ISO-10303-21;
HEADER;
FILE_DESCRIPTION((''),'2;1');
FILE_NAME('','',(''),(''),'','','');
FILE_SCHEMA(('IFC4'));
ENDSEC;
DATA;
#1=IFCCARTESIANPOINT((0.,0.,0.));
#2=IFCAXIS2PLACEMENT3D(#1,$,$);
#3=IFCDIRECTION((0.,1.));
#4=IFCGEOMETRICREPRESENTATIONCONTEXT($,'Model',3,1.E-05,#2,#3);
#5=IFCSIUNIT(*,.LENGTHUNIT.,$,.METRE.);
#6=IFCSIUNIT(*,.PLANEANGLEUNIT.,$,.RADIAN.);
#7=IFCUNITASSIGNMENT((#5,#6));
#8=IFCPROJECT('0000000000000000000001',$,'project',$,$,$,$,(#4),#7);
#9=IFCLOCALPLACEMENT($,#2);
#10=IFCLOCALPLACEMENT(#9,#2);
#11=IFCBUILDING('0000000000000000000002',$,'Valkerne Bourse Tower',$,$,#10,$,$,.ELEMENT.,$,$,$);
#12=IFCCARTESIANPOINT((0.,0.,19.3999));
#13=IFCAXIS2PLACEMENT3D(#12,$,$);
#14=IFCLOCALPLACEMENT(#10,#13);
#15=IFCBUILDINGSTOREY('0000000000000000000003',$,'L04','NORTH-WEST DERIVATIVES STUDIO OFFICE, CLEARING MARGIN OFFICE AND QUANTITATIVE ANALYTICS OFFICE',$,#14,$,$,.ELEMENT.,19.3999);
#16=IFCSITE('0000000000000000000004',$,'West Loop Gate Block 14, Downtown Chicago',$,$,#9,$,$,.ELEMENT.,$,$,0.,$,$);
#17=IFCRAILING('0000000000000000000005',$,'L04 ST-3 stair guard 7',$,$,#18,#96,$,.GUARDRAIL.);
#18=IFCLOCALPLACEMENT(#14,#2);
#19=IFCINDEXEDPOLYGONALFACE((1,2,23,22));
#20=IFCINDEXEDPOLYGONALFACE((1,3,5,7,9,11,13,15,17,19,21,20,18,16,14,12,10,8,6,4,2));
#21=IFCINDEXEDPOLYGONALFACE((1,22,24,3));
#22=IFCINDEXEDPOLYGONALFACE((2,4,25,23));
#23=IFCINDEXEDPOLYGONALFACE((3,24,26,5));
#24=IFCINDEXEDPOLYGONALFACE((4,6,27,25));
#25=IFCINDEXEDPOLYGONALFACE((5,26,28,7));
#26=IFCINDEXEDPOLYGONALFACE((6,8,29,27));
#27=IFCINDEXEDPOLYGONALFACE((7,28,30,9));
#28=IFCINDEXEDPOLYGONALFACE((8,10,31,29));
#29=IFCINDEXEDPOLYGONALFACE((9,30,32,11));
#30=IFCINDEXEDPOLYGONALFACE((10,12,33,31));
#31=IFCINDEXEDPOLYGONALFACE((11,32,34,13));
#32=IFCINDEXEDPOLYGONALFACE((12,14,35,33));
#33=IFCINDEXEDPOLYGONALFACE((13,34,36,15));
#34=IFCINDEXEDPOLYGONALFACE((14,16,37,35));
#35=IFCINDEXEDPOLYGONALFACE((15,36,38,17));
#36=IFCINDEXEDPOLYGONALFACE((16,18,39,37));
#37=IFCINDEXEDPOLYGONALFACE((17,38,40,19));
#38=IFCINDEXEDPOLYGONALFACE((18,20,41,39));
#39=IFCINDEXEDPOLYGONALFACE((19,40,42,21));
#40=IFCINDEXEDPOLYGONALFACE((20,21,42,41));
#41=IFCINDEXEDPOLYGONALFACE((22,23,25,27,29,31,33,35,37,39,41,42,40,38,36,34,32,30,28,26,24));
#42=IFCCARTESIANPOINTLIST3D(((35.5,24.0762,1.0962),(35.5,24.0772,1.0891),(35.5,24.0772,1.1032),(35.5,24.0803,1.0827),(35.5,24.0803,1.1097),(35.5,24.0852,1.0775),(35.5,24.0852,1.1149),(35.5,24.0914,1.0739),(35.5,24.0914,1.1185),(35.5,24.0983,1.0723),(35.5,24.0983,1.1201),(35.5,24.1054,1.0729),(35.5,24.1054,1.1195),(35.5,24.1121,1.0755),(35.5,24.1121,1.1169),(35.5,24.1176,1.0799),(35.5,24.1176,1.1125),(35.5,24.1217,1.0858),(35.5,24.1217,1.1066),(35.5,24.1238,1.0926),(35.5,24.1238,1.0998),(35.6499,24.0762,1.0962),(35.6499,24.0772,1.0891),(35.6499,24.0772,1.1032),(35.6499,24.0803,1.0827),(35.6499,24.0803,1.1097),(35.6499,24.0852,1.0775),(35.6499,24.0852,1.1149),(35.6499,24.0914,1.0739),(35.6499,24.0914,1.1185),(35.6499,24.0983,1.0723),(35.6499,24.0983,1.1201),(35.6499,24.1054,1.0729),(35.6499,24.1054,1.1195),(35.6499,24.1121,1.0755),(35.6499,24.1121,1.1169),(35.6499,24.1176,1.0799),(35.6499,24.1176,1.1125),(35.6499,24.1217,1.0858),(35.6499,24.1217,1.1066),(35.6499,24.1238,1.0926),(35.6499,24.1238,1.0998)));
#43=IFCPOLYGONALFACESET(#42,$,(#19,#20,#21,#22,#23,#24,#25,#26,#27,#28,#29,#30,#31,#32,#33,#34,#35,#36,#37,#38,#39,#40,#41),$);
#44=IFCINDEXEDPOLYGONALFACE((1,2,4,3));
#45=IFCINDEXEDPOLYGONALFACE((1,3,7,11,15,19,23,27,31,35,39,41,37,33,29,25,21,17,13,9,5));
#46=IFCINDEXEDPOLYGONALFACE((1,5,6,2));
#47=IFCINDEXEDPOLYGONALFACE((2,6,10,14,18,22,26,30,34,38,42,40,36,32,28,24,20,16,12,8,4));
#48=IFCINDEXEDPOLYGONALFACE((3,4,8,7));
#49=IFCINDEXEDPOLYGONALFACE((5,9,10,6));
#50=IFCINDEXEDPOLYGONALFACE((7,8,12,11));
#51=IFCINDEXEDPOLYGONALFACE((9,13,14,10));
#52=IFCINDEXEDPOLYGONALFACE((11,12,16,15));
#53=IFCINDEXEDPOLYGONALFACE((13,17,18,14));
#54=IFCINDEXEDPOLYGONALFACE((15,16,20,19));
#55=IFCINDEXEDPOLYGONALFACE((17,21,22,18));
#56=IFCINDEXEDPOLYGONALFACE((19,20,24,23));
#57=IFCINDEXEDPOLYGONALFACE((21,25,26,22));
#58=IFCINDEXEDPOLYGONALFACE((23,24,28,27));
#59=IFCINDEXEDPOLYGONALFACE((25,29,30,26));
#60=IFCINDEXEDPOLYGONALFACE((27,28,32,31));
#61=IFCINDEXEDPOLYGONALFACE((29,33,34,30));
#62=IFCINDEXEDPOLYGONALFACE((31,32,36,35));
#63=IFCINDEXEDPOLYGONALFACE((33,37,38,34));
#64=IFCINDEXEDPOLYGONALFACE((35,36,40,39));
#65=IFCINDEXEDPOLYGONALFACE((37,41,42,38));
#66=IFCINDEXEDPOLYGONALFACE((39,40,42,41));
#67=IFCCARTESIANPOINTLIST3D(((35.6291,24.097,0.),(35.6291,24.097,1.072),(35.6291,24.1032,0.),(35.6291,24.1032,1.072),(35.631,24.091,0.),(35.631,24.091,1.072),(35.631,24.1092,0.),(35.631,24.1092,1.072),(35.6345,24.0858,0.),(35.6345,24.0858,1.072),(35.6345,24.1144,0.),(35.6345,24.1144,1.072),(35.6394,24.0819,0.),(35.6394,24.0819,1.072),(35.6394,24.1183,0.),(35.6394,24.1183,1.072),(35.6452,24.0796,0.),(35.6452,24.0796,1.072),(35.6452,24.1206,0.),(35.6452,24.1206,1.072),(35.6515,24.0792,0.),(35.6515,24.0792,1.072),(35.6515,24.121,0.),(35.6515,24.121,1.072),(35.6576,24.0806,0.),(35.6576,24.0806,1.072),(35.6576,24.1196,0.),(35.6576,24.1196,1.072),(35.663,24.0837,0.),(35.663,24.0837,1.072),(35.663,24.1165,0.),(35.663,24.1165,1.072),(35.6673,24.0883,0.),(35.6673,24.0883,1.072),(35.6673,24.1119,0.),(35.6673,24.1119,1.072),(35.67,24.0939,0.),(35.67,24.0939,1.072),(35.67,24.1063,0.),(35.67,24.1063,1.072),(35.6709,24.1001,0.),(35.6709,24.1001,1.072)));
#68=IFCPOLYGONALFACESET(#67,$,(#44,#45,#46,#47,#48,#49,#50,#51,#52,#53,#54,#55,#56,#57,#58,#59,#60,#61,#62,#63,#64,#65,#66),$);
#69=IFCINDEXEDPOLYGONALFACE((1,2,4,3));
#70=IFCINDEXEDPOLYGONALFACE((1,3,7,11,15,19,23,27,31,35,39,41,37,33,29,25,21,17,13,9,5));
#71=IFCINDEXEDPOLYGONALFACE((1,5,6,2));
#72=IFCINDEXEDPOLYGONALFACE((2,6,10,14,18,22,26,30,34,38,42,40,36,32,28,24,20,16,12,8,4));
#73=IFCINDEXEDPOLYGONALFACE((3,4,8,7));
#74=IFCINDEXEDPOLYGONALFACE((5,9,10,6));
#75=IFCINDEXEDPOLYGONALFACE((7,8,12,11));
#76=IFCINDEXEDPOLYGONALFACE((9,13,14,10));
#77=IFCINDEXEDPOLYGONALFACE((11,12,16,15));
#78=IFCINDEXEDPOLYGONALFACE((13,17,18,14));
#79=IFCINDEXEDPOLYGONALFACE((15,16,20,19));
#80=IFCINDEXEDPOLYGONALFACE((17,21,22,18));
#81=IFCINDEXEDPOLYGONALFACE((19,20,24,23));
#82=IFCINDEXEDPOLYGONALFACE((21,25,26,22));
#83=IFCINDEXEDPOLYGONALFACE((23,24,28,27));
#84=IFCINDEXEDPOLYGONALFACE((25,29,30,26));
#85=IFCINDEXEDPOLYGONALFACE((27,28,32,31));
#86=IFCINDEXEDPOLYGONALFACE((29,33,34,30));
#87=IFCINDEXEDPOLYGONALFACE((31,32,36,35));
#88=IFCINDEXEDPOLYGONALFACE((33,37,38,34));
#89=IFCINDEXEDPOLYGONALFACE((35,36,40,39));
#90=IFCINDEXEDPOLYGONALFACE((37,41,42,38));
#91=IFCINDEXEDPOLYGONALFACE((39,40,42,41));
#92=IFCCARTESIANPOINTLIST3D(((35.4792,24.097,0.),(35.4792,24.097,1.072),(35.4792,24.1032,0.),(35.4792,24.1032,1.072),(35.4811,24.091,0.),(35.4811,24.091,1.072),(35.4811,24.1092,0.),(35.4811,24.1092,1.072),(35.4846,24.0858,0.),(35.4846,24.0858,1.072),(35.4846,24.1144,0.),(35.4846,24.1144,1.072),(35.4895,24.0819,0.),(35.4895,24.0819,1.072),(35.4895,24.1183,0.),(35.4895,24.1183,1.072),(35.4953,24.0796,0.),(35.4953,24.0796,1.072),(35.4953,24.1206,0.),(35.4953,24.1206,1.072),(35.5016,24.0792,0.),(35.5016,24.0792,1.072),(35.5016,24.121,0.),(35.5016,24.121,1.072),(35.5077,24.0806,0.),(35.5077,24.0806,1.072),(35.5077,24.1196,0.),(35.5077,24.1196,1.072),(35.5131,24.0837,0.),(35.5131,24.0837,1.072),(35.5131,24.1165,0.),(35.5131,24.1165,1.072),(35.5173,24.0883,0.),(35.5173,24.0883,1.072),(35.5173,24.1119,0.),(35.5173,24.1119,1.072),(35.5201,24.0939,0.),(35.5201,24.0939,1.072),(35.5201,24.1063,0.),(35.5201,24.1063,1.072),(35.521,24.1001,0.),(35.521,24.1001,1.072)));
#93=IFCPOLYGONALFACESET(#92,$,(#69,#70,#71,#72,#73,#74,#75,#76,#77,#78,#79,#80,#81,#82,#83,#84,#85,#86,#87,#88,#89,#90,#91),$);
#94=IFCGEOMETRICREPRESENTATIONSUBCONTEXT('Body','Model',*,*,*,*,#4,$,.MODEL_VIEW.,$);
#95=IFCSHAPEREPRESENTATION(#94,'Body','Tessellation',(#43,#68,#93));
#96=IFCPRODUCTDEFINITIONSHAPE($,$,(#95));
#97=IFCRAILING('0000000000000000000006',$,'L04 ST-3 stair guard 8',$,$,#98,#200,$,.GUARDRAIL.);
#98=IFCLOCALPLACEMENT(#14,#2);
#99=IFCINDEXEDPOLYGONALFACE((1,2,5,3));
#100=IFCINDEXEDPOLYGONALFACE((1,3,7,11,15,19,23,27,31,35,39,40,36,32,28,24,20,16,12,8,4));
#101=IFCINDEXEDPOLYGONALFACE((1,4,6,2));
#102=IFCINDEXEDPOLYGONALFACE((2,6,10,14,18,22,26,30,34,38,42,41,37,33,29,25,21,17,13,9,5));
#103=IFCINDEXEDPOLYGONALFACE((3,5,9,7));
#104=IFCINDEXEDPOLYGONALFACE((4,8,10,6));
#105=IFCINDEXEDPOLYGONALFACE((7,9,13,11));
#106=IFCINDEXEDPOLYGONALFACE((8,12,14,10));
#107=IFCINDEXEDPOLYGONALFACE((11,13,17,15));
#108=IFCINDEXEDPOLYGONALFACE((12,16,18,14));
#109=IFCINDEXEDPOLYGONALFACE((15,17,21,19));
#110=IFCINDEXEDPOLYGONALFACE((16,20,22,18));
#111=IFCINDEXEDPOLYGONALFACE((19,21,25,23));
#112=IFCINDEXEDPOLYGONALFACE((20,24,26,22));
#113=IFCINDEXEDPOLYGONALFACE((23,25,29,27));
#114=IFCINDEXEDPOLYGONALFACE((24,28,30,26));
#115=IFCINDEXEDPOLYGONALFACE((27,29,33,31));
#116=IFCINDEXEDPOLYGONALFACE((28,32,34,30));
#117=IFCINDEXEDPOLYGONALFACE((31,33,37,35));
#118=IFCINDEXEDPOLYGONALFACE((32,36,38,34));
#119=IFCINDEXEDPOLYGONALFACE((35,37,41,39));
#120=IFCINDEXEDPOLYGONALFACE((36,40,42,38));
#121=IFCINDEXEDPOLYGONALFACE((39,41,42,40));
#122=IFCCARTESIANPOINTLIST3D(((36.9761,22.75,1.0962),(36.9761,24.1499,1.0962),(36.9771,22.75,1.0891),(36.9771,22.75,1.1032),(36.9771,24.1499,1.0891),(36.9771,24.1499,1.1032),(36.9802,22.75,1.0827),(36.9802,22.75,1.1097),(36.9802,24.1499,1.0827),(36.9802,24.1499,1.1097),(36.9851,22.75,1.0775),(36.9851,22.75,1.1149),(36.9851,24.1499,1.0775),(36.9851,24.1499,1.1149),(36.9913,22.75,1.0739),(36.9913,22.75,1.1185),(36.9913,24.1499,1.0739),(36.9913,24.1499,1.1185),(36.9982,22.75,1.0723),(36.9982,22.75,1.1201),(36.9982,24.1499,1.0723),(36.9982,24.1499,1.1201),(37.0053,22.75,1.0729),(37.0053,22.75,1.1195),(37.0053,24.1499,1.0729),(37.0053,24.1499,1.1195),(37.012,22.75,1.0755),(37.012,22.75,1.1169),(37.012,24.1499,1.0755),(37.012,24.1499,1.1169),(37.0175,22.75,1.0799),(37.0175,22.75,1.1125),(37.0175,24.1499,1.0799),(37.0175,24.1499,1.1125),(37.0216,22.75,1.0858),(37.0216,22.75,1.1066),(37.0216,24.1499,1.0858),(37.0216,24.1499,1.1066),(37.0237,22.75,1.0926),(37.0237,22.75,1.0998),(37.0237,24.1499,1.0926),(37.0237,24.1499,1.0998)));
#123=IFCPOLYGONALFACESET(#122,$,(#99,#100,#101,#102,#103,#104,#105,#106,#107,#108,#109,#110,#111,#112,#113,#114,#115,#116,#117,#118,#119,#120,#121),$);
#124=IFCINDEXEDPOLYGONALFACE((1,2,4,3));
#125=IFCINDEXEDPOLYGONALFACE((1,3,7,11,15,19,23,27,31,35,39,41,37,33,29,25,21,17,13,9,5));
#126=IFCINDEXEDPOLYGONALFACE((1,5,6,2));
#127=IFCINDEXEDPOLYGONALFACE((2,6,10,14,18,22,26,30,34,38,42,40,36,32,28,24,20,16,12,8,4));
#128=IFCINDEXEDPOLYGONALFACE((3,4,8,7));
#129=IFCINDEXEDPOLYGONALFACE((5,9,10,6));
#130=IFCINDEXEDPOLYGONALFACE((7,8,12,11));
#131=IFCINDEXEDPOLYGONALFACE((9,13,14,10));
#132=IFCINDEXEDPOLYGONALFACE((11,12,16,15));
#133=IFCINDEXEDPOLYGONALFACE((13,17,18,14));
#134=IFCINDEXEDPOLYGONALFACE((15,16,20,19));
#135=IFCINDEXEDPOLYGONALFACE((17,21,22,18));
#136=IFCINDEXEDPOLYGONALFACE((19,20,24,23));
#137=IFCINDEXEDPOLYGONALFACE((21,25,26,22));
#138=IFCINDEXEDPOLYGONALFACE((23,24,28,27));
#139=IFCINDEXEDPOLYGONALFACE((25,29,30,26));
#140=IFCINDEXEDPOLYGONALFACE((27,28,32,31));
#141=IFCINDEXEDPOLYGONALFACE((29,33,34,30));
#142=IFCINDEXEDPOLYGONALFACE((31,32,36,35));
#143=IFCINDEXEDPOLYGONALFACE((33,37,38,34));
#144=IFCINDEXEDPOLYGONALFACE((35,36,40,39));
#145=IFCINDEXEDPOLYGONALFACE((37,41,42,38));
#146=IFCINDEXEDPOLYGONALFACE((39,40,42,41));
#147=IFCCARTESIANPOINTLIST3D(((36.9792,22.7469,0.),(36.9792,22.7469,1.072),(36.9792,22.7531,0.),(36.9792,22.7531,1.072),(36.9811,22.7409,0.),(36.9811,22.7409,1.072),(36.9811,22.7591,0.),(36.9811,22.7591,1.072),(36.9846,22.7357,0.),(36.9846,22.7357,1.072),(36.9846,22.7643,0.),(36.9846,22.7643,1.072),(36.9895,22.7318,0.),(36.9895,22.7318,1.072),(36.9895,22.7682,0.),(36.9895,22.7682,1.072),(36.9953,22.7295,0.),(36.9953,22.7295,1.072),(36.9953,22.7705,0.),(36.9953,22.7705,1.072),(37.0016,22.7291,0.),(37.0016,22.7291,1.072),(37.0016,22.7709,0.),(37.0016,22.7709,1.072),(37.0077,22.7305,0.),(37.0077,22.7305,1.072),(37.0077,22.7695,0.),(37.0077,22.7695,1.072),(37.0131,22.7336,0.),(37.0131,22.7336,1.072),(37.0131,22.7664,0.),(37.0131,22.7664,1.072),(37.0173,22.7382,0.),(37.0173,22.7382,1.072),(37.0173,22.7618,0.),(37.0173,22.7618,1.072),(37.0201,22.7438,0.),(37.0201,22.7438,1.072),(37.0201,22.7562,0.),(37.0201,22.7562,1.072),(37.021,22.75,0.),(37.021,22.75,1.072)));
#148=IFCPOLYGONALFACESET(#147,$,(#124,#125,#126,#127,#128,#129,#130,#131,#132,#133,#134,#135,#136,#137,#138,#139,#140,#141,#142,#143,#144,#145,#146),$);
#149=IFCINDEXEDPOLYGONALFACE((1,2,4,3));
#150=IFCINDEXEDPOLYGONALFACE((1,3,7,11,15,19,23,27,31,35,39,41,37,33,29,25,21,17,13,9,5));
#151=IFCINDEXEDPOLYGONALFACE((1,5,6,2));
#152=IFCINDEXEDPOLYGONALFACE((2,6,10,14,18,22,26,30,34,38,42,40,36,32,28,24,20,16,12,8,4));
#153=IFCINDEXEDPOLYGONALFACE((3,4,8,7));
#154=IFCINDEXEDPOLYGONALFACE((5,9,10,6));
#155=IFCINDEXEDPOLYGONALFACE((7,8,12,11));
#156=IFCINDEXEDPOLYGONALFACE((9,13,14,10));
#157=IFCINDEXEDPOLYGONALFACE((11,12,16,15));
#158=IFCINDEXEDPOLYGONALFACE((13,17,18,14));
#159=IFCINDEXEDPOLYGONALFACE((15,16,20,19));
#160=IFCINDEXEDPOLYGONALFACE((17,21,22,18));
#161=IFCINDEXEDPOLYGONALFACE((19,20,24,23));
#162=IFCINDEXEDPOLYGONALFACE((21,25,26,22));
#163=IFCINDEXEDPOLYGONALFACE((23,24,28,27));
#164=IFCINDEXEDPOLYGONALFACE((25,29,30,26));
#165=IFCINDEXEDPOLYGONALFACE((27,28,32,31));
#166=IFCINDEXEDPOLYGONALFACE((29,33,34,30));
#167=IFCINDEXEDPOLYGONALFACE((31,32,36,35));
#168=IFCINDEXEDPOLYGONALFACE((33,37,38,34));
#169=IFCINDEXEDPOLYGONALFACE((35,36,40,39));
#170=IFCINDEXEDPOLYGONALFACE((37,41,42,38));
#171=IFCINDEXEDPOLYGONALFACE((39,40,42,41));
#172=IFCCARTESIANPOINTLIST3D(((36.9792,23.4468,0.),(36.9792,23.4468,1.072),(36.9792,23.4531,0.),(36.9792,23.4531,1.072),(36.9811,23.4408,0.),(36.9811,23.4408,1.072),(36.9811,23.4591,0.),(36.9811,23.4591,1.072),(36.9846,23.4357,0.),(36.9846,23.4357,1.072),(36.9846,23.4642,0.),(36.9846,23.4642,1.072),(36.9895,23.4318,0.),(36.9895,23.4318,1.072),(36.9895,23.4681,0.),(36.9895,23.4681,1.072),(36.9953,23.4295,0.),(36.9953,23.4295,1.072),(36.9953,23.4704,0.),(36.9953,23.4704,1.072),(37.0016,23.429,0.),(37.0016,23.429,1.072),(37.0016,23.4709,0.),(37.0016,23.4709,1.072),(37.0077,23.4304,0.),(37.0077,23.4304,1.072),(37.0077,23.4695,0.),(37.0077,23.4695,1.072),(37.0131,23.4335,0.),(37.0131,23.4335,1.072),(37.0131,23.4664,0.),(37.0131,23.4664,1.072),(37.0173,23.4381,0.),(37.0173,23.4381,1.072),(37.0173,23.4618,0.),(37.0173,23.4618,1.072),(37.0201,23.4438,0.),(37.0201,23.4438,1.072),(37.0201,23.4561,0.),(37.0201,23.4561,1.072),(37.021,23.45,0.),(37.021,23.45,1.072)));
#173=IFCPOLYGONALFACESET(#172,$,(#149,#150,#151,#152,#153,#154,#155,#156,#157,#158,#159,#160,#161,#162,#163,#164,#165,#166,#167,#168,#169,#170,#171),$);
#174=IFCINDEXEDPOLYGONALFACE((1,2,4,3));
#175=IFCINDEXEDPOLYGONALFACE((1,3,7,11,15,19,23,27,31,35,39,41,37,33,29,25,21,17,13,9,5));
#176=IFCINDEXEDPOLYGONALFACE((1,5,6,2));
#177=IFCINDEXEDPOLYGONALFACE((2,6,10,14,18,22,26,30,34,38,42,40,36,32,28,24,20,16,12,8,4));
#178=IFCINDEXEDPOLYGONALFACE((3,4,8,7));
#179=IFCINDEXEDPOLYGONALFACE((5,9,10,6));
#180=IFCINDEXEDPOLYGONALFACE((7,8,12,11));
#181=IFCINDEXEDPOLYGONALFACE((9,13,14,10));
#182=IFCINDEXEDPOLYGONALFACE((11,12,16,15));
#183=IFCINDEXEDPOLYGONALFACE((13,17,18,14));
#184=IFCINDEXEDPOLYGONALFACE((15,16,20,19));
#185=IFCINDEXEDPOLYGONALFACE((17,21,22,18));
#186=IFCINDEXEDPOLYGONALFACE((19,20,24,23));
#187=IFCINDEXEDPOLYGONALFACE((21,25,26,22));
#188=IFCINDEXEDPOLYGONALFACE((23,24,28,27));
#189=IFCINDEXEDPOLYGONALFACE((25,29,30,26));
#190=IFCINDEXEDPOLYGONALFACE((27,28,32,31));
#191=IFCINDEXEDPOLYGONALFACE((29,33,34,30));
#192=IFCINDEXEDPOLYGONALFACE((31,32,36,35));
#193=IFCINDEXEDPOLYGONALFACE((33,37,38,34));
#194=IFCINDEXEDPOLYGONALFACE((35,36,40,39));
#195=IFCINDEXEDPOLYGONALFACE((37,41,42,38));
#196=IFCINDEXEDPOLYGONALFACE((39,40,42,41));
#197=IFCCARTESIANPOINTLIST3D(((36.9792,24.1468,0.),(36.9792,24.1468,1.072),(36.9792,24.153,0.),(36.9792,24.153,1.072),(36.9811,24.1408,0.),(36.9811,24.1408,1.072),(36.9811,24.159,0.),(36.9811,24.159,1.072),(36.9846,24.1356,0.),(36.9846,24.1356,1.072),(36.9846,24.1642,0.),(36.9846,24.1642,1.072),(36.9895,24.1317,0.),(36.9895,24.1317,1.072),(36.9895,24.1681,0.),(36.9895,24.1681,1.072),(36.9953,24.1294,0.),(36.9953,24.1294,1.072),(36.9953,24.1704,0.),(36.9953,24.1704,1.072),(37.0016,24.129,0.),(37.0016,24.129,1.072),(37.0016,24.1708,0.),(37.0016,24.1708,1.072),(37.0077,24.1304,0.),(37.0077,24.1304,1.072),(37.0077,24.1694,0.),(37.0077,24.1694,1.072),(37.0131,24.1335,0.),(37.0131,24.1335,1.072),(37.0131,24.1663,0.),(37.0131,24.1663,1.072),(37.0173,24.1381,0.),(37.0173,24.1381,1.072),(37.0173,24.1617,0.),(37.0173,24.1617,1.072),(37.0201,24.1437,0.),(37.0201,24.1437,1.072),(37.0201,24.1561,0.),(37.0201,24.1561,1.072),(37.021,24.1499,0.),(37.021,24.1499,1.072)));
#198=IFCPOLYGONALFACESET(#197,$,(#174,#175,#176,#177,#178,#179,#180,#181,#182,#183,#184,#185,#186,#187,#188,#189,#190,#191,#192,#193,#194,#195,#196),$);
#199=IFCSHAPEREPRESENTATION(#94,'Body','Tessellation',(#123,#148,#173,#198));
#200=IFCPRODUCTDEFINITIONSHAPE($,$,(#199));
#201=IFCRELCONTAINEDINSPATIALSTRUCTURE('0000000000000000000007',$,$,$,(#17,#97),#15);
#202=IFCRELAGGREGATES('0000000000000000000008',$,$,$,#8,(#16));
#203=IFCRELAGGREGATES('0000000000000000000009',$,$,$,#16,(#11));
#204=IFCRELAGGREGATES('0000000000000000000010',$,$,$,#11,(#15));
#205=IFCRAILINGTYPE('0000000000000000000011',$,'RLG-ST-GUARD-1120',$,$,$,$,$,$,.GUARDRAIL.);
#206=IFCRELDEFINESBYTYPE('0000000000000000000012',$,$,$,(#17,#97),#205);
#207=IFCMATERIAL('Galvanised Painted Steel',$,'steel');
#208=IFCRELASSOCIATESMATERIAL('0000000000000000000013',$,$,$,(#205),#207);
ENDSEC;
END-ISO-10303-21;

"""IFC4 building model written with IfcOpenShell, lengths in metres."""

from ifc_helpers import new_model, si_unit, direction, frame, origin, origin_2d, place, context, subcontext, project, spatial, circle, extrude, material, type_object, element, save


model = new_model("IFC4")

# Units and contexts
model_context = context("Model", 3, precision=1e-05, world=origin(), true_north=direction((0.0, 1.0)))
body_context = subcontext(model_context, "Body", "Model", "MODEL_VIEW")
ifc_project = project(units=[si_unit("LENGTHUNIT", "METRE"), si_unit("PLANEANGLEUNIT", "RADIAN")], contexts=[model_context])

# Site, building, storey
site_placement = place(None, origin())
site = spatial("IfcSite", under=ifc_project, at=site_placement, Name="West Loop Gate Block 14, Downtown Chicago", CompositionType="ELEMENT", RefElevation=0.0)
building_placement = place(site_placement, origin())
building = spatial("IfcBuilding", under=site, at=building_placement, Name="Valkerne Bourse Tower", CompositionType="ELEMENT")
storey_placement = place(building_placement, frame((0.0, 0.0, 19.3999)))
storey = spatial("IfcBuildingStorey", under=building, at=storey_placement, Name="L04", Description="NORTH-WEST DERIVATIVES STUDIO OFFICE, CLEARING MARGIN OFFICE AND QUANTITATIVE ANALYTICS OFFICE", CompositionType="ELEMENT", Elevation=19.3999)

# Shared definitions
ifc_material_1 = material(Name="Galvanised Painted Steel", Category="steel")

# Railings
railing_type_1 = type_object("IfcRailingType", Name="RLG-ST-GUARD-1120", PredefinedType="GUARDRAIL", material=ifc_material_1)
railing_1_placement = place(storey_placement, frame((35.6499, 24.1001, 0.0)))
element("IfcRailing", 1, at=railing_1_placement, inside=storey, type_object=railing_type_1, Name="L04 ST-3 stair guard 7", PredefinedType="GUARDRAIL", context=body_context, shape_type="SweptSolid", body=[
    extrude(circle(Radius=0.0239, at=origin_2d()), frame((0.0, 0.0, 1.0962), z_axis=(-1.0, 0.0, 0.0), x_axis=(0.0, -1.0, 0.0)), (0.0, 0.0, 1.0), 0.1499),
    extrude(circle(Radius=0.021, at=origin_2d()), origin(), (0.0, 0.0, 1.0), 1.072),
    extrude(circle(Radius=0.021, at=origin_2d()), frame((-0.1499, 0.0, 0.0)), (0.0, 0.0, 1.0), 1.072),
])
for number, where, name in (
    (2, (37.0, 22.75, 0.0), "L04 ST-3 stair guard 8"),
):
    element("IfcRailing", number, at=place(storey_placement, frame(where)), inside=storey, type_object=railing_type_1, Name=name, PredefinedType="GUARDRAIL", context=body_context, shape_type="SweptSolid", body=[
        extrude(circle(Radius=0.0239, at=origin_2d()), frame((0.0, 0.0, 1.0962), z_axis=(0.0, 1.0, 0.0), x_axis=(-1.0, 0.0, 0.0)), (0.0, 0.0, 1.0), 1.3999),
        extrude(circle(Radius=0.021, at=origin_2d()), origin(), (0.0, 0.0, 1.0), 1.072),
        extrude(circle(Radius=0.021, at=origin_2d()), frame((0.0, 0.7, 0.0)), (0.0, 0.0, 1.0), 1.072),
        extrude(circle(Radius=0.021, at=origin_2d()), frame((0.0, 1.3999, 0.0)), (0.0, 0.0, 1.0), 1.072),
    ])

save(model, "model.ifc")
